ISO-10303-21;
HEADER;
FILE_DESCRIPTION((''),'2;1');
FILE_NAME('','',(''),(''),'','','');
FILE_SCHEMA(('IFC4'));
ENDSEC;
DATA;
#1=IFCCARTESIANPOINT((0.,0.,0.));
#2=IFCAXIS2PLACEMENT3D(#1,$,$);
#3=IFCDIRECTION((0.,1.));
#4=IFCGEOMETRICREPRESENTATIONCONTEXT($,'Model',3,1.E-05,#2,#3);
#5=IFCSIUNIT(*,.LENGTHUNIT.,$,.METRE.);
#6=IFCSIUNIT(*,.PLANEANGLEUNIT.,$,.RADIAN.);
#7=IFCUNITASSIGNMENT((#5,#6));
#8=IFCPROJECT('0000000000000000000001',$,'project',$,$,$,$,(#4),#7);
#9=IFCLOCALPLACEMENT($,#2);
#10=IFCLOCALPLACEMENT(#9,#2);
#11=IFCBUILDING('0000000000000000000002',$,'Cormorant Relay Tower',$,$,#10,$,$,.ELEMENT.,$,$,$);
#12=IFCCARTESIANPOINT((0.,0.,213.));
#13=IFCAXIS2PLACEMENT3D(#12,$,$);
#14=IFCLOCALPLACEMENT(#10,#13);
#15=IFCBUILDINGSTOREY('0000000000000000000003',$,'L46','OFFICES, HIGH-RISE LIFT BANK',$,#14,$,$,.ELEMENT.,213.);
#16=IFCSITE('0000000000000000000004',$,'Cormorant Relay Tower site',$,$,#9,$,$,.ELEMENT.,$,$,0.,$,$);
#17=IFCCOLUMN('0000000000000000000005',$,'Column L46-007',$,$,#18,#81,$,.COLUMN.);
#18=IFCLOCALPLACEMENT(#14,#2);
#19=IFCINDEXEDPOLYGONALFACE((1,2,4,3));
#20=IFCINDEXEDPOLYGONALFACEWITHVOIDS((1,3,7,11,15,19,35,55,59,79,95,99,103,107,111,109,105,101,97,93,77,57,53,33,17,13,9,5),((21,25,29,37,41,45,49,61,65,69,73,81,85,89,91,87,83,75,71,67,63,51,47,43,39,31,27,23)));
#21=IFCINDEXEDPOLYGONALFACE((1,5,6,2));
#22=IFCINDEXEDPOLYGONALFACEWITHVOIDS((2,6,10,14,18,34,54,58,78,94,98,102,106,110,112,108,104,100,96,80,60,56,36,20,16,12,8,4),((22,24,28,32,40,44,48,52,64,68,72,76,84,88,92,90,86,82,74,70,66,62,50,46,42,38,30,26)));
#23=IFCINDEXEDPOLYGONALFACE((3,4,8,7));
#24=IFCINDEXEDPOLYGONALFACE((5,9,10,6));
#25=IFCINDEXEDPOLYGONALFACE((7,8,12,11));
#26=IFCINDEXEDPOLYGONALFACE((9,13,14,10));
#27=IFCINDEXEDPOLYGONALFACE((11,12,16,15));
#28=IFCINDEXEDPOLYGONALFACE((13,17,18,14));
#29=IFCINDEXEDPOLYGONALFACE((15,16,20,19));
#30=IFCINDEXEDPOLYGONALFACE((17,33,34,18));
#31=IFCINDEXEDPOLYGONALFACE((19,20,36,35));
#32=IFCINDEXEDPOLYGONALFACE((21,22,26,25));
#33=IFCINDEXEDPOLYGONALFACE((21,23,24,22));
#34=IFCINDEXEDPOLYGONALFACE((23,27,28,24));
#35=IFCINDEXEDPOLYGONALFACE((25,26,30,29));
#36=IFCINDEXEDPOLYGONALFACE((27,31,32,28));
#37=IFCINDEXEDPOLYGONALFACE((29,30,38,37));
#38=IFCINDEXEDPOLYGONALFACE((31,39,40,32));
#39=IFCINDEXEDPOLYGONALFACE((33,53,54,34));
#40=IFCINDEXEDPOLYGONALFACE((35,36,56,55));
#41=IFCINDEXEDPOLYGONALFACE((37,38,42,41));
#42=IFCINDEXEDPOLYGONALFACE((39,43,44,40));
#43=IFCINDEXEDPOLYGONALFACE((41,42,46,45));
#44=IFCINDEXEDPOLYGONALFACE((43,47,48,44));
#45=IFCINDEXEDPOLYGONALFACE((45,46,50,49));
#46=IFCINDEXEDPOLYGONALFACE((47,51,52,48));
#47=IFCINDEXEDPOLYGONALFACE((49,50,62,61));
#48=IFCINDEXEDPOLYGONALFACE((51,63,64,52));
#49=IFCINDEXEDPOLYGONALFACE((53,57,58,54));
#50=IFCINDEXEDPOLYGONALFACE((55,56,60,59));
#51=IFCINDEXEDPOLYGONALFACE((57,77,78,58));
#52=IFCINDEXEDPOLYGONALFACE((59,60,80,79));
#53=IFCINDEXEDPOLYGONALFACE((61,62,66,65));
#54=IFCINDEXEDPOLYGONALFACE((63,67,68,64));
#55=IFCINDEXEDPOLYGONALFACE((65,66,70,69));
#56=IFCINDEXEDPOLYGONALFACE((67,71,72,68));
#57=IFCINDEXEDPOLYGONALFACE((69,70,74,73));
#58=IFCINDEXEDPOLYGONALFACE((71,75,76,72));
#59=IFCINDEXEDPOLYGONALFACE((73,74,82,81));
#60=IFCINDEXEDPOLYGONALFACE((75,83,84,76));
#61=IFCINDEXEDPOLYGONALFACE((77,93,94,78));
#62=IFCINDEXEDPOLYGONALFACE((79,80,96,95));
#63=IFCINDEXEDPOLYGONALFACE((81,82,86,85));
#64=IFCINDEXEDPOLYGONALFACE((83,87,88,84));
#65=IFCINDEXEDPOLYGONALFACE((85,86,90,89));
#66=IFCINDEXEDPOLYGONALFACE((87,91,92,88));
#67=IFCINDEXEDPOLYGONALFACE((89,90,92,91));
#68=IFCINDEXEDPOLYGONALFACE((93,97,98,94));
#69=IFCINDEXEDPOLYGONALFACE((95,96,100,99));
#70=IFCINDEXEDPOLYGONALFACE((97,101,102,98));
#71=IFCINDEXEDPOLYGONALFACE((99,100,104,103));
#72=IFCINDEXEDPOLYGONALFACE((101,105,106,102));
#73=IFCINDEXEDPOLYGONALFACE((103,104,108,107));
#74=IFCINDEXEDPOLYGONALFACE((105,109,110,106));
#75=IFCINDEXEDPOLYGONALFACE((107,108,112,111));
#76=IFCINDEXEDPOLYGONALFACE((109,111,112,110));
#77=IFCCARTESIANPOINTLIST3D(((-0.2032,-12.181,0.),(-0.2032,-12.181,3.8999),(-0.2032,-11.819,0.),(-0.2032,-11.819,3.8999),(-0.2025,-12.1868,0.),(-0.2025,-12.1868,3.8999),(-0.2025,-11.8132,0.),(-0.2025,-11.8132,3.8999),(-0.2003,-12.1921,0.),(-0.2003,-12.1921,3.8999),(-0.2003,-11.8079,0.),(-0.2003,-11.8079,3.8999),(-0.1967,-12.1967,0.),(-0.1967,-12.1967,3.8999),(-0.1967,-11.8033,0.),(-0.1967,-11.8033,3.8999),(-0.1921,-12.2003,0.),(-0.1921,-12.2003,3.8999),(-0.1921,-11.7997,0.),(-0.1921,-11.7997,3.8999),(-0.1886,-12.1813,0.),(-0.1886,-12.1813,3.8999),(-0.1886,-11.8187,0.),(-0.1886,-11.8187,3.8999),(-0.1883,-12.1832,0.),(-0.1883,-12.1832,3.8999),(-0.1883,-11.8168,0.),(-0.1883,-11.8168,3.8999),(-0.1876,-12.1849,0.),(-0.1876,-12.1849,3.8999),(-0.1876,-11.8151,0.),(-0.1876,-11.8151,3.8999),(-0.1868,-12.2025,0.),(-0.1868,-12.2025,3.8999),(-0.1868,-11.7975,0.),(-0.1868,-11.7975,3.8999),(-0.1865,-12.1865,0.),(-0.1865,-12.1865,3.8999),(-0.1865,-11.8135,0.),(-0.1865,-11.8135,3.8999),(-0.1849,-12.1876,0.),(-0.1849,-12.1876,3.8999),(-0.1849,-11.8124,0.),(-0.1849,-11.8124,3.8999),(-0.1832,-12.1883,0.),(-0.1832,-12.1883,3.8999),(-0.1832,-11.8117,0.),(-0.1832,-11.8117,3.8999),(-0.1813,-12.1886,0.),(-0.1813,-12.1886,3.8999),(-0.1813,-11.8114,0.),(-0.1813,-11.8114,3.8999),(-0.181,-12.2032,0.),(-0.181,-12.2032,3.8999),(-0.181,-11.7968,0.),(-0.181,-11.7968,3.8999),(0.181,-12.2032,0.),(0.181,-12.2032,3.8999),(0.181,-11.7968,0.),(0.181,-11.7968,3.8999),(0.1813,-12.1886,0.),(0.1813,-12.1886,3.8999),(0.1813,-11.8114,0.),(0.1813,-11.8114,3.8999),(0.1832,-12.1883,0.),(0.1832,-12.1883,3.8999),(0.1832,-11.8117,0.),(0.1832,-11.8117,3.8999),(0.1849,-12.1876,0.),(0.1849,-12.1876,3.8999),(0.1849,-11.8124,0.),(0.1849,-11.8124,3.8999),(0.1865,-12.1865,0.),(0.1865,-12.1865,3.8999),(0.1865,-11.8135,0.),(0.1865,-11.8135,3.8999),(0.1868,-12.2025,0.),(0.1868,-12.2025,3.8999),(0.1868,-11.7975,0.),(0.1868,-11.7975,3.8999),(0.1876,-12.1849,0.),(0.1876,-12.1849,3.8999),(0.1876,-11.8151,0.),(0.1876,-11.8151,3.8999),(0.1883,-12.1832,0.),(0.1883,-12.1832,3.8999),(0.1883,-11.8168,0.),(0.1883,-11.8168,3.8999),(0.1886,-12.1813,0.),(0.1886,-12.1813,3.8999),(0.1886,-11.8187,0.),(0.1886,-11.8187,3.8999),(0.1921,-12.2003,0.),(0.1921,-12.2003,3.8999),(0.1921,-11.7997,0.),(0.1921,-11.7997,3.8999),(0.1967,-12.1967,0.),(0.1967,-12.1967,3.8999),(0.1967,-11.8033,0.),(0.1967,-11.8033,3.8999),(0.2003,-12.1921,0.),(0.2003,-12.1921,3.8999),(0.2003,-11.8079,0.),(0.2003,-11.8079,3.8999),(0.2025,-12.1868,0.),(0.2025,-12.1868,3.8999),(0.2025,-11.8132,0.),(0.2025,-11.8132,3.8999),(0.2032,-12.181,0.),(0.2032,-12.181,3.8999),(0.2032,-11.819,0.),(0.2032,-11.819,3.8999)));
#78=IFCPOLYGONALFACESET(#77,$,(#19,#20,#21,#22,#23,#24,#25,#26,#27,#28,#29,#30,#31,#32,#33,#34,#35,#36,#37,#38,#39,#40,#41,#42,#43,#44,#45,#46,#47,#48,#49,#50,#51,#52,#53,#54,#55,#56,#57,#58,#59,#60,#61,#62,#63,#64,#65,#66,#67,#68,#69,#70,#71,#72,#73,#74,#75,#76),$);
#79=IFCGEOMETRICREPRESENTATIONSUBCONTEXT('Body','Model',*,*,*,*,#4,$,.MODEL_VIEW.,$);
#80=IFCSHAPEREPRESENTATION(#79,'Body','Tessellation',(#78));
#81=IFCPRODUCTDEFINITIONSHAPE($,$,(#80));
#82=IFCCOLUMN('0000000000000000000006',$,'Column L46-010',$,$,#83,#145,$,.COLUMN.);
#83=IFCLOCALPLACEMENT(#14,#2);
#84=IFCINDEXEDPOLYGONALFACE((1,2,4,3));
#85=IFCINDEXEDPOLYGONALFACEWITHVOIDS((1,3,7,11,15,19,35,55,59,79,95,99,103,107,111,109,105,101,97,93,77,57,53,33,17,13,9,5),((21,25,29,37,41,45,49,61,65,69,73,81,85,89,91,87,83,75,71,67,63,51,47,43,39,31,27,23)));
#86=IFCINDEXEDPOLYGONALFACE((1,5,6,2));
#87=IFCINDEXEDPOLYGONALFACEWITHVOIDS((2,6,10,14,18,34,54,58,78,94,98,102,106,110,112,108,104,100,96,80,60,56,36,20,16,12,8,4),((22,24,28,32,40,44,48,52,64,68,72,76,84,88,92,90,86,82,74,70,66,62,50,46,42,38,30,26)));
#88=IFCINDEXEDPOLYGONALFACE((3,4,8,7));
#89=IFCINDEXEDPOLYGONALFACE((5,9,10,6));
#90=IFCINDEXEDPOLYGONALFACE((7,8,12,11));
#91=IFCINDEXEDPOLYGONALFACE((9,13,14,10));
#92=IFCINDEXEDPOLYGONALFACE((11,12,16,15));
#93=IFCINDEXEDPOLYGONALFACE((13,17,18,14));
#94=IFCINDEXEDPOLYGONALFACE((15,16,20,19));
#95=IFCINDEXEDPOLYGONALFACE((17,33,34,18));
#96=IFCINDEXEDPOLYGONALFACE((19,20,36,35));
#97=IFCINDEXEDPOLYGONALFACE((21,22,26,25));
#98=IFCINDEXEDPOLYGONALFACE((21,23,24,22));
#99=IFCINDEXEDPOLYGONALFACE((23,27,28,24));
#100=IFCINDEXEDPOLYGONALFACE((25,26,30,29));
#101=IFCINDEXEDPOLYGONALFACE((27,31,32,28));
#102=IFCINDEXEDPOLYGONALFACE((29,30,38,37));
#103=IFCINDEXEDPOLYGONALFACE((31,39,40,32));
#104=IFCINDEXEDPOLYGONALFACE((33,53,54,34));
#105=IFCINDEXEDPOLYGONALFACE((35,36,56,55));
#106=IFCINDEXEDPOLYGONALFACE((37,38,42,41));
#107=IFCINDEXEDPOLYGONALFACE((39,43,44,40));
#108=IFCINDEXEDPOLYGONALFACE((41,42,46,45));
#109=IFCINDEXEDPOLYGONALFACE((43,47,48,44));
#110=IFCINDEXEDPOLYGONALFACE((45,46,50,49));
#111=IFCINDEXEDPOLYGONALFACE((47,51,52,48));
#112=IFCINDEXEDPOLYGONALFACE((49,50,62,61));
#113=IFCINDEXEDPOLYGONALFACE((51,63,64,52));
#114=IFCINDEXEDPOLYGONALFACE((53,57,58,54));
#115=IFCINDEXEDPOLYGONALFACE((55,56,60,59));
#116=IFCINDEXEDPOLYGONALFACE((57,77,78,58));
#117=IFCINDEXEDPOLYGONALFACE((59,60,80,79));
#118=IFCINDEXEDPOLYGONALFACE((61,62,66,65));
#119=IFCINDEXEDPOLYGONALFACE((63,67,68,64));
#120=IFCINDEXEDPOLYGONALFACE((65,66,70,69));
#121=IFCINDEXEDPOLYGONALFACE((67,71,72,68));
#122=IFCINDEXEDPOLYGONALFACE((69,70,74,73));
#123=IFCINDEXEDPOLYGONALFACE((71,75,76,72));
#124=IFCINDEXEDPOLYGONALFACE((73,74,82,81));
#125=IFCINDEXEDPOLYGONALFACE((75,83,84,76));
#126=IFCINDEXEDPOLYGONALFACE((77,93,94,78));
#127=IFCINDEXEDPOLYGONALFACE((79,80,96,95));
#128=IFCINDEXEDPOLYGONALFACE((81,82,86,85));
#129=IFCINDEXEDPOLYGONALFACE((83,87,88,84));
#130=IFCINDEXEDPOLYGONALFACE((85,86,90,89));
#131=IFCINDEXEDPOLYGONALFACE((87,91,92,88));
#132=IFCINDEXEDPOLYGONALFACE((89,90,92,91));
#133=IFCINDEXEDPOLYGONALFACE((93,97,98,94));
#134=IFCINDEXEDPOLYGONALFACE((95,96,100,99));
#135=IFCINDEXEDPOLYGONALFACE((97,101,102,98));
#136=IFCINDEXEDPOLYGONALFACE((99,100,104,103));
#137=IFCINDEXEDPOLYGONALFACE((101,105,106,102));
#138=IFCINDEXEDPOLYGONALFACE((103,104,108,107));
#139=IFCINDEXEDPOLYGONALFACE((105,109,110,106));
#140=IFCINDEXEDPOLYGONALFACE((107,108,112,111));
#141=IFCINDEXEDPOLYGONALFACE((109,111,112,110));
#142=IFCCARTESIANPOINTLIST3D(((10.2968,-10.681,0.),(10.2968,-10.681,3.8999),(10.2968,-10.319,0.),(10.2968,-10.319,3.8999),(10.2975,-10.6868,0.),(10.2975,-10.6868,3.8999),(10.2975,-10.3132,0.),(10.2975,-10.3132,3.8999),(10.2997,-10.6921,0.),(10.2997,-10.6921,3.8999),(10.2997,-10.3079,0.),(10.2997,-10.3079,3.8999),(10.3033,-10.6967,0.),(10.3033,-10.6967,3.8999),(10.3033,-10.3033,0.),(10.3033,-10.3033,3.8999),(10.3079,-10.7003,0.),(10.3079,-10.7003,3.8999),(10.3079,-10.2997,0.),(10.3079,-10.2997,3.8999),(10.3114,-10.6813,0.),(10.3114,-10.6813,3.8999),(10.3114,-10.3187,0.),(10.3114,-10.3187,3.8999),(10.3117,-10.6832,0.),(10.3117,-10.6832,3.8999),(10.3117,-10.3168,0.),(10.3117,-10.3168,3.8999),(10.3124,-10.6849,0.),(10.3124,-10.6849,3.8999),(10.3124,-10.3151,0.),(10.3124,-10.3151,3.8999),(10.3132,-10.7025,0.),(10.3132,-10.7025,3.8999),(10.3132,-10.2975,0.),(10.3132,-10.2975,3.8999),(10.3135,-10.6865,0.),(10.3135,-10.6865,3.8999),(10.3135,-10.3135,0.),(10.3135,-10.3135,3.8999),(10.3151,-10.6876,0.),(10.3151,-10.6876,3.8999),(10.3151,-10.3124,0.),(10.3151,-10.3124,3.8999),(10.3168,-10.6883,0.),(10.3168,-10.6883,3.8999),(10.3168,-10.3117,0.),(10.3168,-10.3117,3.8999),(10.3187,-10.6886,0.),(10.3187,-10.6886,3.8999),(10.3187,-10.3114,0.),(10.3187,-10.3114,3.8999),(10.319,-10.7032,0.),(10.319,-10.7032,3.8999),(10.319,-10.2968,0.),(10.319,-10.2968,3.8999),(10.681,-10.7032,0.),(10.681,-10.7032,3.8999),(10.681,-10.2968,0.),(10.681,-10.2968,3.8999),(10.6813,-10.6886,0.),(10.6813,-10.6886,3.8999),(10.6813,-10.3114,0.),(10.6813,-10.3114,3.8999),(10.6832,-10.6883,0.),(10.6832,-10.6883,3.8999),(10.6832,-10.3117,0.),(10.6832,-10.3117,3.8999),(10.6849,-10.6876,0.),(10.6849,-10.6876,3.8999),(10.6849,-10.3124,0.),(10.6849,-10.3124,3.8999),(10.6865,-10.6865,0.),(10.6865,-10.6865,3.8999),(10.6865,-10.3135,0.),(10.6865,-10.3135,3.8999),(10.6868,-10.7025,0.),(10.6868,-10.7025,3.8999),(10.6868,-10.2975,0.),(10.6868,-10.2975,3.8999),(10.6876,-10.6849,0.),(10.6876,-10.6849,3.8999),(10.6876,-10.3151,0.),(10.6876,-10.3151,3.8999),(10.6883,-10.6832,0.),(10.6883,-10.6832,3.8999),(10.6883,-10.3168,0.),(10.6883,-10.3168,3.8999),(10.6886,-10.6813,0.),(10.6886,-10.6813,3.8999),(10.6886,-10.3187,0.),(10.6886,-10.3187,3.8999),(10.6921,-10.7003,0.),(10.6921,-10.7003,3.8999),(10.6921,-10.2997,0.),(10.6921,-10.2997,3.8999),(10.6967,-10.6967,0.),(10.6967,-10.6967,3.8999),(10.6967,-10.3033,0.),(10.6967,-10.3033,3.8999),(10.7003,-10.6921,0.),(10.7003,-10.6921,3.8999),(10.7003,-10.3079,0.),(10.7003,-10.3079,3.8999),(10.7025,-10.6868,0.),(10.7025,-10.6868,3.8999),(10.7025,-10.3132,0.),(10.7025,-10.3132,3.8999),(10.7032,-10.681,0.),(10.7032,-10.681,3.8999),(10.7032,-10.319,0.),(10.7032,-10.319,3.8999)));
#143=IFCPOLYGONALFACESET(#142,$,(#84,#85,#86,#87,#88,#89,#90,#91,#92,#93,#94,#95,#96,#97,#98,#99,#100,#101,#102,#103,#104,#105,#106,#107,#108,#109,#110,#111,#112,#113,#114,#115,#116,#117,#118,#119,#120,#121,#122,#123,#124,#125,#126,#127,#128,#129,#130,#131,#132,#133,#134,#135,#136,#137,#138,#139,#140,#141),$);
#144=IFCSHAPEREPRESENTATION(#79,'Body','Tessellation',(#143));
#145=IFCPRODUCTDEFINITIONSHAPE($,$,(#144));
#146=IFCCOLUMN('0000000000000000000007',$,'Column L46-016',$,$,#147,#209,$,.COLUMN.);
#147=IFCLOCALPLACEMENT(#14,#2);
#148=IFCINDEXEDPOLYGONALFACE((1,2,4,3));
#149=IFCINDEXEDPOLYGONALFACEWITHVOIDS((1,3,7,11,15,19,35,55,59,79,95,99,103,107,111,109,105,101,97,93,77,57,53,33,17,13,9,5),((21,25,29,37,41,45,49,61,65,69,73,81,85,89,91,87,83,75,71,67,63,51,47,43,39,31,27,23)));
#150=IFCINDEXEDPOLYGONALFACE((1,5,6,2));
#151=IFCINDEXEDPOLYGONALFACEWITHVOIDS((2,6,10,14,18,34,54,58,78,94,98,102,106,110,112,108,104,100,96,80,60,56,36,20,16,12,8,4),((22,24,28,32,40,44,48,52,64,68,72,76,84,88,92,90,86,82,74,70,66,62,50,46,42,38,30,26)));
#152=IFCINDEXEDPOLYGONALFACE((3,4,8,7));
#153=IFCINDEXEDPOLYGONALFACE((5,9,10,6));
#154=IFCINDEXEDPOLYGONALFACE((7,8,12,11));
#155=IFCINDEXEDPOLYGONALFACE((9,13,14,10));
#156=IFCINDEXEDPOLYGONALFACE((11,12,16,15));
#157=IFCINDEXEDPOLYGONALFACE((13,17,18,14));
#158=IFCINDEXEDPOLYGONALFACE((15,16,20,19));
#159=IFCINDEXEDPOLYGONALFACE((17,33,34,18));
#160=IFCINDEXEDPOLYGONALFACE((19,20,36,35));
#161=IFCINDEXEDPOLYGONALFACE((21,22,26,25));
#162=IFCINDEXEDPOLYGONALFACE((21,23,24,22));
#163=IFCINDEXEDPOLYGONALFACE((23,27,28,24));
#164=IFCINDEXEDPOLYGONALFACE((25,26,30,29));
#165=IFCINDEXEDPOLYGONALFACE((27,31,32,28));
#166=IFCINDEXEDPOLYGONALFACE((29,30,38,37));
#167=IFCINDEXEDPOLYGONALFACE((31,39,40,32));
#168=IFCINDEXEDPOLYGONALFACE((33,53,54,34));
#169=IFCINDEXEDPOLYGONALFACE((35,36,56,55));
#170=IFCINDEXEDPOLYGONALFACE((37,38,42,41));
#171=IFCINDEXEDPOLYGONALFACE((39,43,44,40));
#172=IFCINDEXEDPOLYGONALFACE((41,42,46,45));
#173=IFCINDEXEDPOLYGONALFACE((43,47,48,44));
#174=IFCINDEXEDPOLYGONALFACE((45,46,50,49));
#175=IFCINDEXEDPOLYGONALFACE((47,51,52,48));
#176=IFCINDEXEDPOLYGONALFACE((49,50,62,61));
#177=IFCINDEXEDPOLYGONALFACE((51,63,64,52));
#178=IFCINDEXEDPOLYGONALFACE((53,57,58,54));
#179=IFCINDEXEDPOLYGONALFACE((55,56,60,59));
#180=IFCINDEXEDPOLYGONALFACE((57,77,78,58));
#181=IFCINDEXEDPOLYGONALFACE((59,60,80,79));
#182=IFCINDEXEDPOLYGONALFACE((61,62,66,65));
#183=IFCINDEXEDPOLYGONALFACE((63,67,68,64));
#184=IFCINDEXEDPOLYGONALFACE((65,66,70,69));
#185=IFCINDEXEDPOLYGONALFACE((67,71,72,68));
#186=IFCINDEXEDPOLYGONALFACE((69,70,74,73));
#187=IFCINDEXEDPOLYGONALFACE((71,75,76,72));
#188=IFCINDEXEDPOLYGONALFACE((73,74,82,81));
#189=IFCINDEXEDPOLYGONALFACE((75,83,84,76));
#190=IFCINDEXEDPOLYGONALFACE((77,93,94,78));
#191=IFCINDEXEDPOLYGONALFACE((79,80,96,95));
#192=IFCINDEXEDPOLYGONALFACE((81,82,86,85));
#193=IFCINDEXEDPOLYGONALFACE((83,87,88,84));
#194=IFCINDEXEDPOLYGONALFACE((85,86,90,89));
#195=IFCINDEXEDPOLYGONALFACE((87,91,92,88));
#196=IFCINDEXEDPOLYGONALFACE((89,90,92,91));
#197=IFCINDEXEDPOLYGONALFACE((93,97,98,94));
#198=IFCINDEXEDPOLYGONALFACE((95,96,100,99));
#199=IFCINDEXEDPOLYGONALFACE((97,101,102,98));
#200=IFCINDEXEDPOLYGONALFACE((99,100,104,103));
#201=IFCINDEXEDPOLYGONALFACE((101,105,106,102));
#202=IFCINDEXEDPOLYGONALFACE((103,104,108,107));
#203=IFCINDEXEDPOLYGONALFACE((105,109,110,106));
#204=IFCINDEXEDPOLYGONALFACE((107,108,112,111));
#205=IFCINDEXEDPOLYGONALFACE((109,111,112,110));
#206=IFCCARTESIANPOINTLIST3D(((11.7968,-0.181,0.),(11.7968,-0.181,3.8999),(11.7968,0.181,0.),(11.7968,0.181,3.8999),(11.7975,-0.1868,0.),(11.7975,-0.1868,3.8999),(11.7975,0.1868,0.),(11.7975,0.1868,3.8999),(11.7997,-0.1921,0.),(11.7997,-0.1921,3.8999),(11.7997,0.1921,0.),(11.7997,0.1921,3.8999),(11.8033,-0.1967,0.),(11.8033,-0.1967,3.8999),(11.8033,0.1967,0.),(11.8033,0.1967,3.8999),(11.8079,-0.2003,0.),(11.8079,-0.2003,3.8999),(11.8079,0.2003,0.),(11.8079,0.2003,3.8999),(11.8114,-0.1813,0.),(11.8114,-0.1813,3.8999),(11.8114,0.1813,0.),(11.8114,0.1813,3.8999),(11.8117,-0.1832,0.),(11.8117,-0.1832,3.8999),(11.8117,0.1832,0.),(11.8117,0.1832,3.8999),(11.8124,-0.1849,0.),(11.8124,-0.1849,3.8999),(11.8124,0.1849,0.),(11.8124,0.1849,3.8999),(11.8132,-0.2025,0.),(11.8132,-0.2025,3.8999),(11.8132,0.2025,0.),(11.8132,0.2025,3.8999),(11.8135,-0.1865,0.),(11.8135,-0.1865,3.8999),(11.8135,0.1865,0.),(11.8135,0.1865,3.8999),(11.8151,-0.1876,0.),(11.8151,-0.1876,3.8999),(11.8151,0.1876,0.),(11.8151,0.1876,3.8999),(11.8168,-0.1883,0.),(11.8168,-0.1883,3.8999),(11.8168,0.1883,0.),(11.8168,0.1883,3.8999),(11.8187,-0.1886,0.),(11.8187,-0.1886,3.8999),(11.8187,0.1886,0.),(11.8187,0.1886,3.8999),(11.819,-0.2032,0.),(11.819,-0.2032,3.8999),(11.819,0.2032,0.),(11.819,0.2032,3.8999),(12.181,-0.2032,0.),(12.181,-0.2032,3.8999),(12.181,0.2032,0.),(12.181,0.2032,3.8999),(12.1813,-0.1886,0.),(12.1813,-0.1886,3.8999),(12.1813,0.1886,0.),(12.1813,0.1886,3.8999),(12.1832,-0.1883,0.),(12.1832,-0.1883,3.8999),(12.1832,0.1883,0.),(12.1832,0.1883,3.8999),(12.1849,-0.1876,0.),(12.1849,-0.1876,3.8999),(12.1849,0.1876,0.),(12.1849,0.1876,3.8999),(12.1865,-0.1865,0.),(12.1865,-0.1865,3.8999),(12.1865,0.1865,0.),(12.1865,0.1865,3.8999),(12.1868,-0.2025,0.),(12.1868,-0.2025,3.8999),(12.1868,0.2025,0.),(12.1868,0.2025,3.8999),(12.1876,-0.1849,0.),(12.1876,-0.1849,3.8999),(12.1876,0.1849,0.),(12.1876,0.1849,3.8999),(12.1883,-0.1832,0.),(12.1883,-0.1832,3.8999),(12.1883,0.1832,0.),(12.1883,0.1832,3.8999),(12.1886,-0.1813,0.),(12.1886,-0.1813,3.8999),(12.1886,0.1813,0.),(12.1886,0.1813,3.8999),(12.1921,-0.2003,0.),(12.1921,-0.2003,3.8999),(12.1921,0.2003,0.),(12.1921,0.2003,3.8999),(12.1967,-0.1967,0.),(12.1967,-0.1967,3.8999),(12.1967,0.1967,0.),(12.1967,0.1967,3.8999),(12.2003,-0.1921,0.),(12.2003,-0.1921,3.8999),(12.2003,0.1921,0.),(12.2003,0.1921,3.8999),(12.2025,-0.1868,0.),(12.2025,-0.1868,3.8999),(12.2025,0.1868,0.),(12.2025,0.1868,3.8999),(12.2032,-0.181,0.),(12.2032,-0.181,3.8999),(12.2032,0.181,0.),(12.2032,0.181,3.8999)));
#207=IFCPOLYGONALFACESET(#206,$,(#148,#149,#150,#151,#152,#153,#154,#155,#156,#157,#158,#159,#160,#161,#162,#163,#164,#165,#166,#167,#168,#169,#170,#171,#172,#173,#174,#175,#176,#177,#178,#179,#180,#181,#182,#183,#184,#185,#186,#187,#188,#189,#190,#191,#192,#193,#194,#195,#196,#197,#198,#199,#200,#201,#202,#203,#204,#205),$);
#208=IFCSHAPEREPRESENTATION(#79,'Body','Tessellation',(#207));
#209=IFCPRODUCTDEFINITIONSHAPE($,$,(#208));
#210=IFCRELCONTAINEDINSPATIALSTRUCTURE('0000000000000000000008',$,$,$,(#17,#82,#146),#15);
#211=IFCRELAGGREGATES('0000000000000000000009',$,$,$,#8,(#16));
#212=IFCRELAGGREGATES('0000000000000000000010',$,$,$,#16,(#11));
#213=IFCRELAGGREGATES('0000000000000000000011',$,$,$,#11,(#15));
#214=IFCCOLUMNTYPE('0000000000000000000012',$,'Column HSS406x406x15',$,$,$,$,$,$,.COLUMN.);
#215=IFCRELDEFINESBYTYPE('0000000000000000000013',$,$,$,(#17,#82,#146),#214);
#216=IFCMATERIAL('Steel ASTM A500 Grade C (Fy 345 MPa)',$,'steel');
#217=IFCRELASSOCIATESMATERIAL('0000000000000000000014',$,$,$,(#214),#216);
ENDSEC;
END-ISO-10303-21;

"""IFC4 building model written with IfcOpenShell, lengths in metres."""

from ifc_helpers import new_model, si_unit, direction, frame, origin, origin_2d, place, context, subcontext, project, spatial, hollow_rectangle, extrude, material, material_profile, profile_set, type_object, element, save


model = new_model("IFC4")

# Units and contexts
model_context = context("Model", 3, precision=1e-05, world=origin(), true_north=direction((0.0, 1.0)))
body_context = subcontext(model_context, "Body", "Model", "MODEL_VIEW")
ifc_project = project(units=[si_unit("LENGTHUNIT", "METRE"), si_unit("PLANEANGLEUNIT", "RADIAN")], contexts=[model_context])

# Site, building, storey
site_placement = place(None, origin())
site = spatial("IfcSite", under=ifc_project, at=site_placement, Name="Cormorant Relay Tower site", CompositionType="ELEMENT", RefElevation=0.0)
building_placement = place(site_placement, origin())
building = spatial("IfcBuilding", under=site, at=building_placement, Name="Cormorant Relay Tower", CompositionType="ELEMENT")
storey_placement = place(building_placement, frame((0.0, 0.0, 213.0)))
storey = spatial("IfcBuildingStorey", under=building, at=storey_placement, Name="L46", Description="OFFICES, HIGH-RISE LIFT BANK", CompositionType="ELEMENT", Elevation=213.0)

# Columns
ifc_material_1 = material(Name="Steel ASTM A500 Grade C (Fy 345 MPa)", Category="steel")
ifc_material_profile_1 = material_profile(ifc_material_1, hollow_rectangle(XDim=0.4065, YDim=0.4065, WallThickness=0.0146, InnerFilletRadius=0.0073, OuterFilletRadius=0.0222, at=origin_2d()), Name="HSS406x406x15")
ifc_profile_set_1 = profile_set([ifc_material_profile_1], Name="Steel ASTM A500 Grade C (Fy 345 MPa)")
column_type_1 = type_object("IfcColumnType", Name="Column HSS406x406x15", PredefinedType="COLUMN", material=ifc_profile_set_1)
for number, where, z_axis, x_axis, name in (
    (1, (0.0, -12.0, 0.0), (0.0, 0.0, 1.0), (1.0, 0.0, 0.0), "Column L46-007"),
    (2, (10.5, -10.5, 0.0), (0.0, 0.0, 1.0), (1.0, 0.0, 0.0), "Column L46-010"),
    (3, (12.0, 0.0, 0.0), (0.0, 0.0, 1.0), (1.0, 0.0, 0.0), "Column L46-016"),
):
    element("IfcColumn", number, at=place(storey_placement, frame(where, z_axis=z_axis, x_axis=x_axis)), inside=storey, type_object=column_type_1, Name=name, PredefinedType="COLUMN", context=body_context, shape_type="SweptSolid", body=[
        extrude(hollow_rectangle(XDim=0.4065, YDim=0.4065, WallThickness=0.0146, InnerFilletRadius=0.0073, OuterFilletRadius=0.0222, at=origin_2d()), origin(), (0.0, 0.0, 1.0), 3.8999),
    ])

save(model, "model.ifc")
